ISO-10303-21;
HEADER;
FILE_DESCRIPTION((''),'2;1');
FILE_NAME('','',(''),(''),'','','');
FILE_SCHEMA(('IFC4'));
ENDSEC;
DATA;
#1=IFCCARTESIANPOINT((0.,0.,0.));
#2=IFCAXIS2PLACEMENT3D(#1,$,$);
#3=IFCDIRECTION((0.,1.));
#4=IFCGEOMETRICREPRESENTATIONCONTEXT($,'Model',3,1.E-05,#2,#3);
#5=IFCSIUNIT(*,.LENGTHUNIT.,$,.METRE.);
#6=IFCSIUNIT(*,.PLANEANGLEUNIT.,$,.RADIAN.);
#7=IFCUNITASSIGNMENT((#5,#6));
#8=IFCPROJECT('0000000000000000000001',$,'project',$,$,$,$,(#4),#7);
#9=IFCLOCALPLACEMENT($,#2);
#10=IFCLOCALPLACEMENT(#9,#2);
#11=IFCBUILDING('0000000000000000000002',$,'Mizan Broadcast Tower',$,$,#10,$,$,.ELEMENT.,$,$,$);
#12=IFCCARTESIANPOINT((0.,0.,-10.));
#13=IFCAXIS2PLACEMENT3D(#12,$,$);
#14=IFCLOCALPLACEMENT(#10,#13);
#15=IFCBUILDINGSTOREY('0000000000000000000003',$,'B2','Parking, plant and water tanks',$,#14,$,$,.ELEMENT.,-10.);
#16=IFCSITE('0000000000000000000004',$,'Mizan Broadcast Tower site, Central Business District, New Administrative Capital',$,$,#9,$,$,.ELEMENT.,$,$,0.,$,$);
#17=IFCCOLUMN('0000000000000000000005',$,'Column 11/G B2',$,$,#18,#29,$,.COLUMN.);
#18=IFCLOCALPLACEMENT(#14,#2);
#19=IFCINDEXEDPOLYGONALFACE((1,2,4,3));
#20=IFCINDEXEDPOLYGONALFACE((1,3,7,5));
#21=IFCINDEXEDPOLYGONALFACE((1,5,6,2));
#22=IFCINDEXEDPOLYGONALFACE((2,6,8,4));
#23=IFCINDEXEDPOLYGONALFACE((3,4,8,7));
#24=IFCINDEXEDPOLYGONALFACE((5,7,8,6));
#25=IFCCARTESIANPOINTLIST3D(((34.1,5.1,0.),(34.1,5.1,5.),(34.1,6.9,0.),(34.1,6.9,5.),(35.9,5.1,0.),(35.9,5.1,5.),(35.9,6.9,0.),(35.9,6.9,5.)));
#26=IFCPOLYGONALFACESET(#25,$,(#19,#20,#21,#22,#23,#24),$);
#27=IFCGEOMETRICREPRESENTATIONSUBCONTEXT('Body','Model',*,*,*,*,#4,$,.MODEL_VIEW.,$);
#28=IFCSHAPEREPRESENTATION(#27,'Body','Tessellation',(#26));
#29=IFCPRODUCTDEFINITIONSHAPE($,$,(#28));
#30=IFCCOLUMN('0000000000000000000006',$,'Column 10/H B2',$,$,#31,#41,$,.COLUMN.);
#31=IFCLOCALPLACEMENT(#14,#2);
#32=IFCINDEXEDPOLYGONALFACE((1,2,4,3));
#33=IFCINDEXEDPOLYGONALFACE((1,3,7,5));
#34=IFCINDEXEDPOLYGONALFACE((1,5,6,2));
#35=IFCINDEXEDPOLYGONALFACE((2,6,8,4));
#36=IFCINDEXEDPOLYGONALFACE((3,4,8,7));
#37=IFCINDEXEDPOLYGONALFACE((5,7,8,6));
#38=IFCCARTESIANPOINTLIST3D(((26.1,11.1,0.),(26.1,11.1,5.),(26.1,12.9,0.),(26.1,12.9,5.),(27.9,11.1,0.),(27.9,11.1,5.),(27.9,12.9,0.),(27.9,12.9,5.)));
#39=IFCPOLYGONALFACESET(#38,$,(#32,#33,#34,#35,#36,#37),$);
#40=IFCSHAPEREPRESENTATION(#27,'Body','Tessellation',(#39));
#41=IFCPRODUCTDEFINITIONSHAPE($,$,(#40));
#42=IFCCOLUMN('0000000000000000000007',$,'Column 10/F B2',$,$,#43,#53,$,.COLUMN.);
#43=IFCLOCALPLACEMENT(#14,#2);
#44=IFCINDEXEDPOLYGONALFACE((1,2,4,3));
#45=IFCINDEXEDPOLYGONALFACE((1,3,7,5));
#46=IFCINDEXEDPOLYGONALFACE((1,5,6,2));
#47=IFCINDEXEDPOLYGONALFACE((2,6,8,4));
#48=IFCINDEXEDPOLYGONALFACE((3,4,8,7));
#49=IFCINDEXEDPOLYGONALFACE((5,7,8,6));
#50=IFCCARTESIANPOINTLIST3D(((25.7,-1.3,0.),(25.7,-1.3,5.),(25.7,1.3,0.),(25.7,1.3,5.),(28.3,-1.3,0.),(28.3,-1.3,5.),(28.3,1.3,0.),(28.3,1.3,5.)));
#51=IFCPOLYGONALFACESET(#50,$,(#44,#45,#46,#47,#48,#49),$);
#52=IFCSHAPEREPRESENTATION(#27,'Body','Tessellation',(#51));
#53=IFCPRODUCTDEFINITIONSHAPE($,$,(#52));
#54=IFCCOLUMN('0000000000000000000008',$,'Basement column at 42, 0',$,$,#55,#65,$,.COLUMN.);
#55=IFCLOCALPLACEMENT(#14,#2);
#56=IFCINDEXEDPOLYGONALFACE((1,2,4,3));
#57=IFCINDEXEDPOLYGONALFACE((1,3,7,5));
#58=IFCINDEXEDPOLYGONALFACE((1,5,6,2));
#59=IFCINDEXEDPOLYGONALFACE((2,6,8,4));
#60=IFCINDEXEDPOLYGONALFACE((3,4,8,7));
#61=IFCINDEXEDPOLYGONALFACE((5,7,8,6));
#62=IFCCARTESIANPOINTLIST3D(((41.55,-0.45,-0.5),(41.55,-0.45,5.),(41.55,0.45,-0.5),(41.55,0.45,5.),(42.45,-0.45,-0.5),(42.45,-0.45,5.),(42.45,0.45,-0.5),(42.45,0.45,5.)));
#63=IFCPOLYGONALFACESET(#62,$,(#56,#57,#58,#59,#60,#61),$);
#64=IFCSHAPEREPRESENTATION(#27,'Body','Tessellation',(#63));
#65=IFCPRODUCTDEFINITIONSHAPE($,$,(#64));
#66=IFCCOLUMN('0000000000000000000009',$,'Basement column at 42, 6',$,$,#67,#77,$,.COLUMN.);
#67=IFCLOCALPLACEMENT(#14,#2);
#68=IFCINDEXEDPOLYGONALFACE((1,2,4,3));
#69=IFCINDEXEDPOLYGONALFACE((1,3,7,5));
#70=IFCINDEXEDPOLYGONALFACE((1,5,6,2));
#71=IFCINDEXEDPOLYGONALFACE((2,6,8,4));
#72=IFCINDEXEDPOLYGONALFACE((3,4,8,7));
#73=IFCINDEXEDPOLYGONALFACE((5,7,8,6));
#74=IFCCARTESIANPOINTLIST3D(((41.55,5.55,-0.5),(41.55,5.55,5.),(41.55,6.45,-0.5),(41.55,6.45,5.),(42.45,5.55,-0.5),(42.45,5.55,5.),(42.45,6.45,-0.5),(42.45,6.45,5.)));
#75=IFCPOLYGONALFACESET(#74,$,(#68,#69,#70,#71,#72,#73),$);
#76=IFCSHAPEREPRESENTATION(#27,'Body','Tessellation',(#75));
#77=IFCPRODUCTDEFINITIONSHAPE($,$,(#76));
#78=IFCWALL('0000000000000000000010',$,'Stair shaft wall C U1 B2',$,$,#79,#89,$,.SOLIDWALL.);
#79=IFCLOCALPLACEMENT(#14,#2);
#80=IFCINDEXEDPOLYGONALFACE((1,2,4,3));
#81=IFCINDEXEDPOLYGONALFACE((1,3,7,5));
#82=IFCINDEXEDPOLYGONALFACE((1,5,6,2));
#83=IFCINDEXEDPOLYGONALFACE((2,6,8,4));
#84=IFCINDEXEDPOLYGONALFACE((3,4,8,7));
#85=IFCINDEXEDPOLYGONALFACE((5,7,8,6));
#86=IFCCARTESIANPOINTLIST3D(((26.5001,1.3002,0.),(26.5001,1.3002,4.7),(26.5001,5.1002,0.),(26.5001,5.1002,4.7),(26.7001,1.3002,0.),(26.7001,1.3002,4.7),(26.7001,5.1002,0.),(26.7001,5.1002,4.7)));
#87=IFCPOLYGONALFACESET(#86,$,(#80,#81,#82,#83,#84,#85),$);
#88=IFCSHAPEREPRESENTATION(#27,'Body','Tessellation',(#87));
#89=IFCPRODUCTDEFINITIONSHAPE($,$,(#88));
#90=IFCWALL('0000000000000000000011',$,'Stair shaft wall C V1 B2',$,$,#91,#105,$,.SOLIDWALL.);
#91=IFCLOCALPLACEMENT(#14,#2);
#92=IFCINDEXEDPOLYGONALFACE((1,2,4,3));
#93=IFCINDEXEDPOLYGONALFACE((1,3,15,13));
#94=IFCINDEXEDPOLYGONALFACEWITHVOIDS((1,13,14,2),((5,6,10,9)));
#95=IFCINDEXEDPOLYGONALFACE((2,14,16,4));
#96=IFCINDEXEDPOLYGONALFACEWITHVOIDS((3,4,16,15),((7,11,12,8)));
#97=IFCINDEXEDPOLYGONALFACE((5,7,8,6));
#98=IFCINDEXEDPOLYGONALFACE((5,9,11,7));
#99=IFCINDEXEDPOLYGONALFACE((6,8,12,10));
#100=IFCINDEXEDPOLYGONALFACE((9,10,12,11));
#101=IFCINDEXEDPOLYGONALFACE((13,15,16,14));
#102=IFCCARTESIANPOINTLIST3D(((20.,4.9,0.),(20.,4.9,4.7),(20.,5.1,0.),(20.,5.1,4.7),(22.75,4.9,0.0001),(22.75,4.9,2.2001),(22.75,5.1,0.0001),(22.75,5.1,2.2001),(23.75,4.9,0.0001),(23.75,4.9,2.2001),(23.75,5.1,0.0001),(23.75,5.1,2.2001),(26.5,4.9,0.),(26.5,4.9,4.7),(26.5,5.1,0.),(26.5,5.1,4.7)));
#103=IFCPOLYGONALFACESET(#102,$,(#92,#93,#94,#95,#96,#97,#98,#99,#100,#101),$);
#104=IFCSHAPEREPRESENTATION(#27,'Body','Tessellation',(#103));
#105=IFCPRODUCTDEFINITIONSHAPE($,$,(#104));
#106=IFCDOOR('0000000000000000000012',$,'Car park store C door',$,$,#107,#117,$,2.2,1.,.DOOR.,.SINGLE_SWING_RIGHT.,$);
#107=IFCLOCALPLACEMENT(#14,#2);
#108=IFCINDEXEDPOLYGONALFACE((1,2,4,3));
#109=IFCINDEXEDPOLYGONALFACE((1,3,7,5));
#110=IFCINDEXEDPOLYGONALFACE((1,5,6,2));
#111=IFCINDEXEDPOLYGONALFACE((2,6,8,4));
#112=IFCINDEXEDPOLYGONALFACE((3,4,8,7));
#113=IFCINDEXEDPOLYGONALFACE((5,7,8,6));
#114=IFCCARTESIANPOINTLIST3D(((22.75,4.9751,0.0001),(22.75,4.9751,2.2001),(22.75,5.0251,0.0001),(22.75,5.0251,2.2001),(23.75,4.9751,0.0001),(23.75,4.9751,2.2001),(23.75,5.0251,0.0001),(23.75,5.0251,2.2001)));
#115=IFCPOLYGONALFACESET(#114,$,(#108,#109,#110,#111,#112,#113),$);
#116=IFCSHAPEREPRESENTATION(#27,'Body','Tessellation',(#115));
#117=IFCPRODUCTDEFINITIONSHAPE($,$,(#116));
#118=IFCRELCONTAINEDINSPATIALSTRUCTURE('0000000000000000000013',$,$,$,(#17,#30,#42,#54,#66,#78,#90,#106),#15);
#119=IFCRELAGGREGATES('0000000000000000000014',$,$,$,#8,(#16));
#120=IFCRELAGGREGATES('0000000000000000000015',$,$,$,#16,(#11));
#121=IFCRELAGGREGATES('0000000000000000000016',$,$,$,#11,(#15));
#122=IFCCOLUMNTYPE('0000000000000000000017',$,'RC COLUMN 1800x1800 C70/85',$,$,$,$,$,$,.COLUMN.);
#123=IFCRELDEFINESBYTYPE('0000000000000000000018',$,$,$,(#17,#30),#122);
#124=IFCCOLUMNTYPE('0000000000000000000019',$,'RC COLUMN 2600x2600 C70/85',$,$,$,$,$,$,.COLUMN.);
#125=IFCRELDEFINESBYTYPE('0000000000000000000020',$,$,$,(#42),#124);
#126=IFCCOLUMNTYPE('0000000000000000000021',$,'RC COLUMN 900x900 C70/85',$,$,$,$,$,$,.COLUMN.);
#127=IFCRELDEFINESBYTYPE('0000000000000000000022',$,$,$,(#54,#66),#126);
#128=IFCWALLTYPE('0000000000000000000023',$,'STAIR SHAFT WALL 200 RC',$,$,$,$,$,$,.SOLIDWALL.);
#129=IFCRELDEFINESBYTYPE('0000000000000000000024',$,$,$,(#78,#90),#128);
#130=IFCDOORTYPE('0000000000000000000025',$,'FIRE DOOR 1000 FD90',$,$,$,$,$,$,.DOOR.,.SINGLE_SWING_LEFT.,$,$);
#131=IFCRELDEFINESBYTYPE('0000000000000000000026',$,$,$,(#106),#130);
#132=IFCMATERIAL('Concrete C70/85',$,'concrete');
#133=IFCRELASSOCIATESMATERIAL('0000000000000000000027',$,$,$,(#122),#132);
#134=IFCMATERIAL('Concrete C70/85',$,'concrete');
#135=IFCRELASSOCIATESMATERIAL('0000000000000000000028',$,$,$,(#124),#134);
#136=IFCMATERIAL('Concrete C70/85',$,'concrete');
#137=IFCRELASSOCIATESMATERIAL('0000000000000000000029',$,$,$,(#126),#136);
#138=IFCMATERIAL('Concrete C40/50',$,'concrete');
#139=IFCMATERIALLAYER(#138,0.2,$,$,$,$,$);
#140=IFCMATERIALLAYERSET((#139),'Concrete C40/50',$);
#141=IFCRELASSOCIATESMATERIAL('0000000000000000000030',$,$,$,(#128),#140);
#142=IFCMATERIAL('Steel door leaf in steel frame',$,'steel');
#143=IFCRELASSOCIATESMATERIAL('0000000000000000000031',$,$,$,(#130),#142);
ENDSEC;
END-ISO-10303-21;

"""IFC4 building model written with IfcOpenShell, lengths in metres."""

from ifc_helpers import new_model, si_unit, direction, frame, frame_2d, origin, origin_2d, place, context, subcontext, project, spatial, rectangle, extrude, material, layer, layer_set, material_profile, profile_set, type_object, element, fill, save


model = new_model("IFC4")

# Units and contexts
model_context = context("Model", 3, precision=1e-05, world=origin(), true_north=direction((0.0, 1.0)))
body_context = subcontext(model_context, "Body", "Model", "MODEL_VIEW")
ifc_project = project(units=[si_unit("LENGTHUNIT", "METRE"), si_unit("PLANEANGLEUNIT", "RADIAN")], contexts=[model_context])

# Site, building, storey
site_placement = place(None, origin())
site = spatial("IfcSite", under=ifc_project, at=site_placement, Name="Mizan Broadcast Tower site, Central Business District, New Administrative Capital", CompositionType="ELEMENT", RefElevation=0.0)
building_placement = place(site_placement, origin())
building = spatial("IfcBuilding", under=site, at=building_placement, Name="Mizan Broadcast Tower", CompositionType="ELEMENT")
storey_placement = place(building_placement, frame((0.0, 0.0, -10.0)))
storey = spatial("IfcBuildingStorey", under=building, at=storey_placement, Name="B2", Description="Parking, plant and water tanks", CompositionType="ELEMENT", Elevation=-10.0)

# Columns
ifc_material_1 = material(Name="Concrete C70/85", Category="concrete")
ifc_material_profile_1 = material_profile(ifc_material_1, rectangle(XDim=1.8, YDim=1.8, at=origin_2d()), Name="RC 1800x1800")
ifc_profile_set_1 = profile_set([ifc_material_profile_1], Name="Concrete C70/85")
column_type_1 = type_object("IfcColumnType", Name="RC COLUMN 1800x1800 C70/85", PredefinedType="COLUMN", material=ifc_profile_set_1)
for number, where, z_axis, x_axis, name in (
    (1, (35.0, 6.0, 0.0), (0.0, 0.0, 1.0), (1.0, 0.0, 0.0), "Column 11/G B2"),
    (2, (27.0, 12.0, 0.0), (0.0, 0.0, 1.0), (1.0, 0.0, 0.0), "Column 10/H B2"),
):
    element("IfcColumn", number, at=place(storey_placement, frame(where, z_axis=z_axis, x_axis=x_axis)), inside=storey, type_object=column_type_1, Name=name, PredefinedType="COLUMN", context=body_context, shape_type="SweptSolid", body=[
        extrude(rectangle(XDim=1.8, YDim=1.8, at=origin_2d()), origin(), (0.0, 0.0, 1.0), 5.0),
    ])
ifc_material_2 = material(Name="Concrete C70/85", Category="concrete")
ifc_material_profile_2 = material_profile(ifc_material_2, rectangle(XDim=2.6001, YDim=2.6001, at=origin_2d()), Name="RC 2600x2600")
ifc_profile_set_2 = profile_set([ifc_material_profile_2], Name="Concrete C70/85")
column_type_2 = type_object("IfcColumnType", Name="RC COLUMN 2600x2600 C70/85", PredefinedType="COLUMN", material=ifc_profile_set_2)
column_placement = place(storey_placement, frame((27.0, 0.0, 0.0), z_axis=(0.0, 0.0, 1.0), x_axis=(1.0, 0.0, 0.0)))
element("IfcColumn", 3, at=column_placement, inside=storey, type_object=column_type_2, Name="Column 10/F B2", PredefinedType="COLUMN", context=body_context, shape_type="SweptSolid", body=[
    extrude(rectangle(XDim=2.6001, YDim=2.6001, at=origin_2d()), origin(), (0.0, 0.0, 1.0), 5.0),
])
ifc_material_3 = material(Name="Concrete C70/85", Category="concrete")
ifc_material_profile_3 = material_profile(ifc_material_3, rectangle(XDim=0.8999, YDim=0.8999, at=origin_2d()), Name="RC 900x900")
ifc_profile_set_3 = profile_set([ifc_material_profile_3], Name="Concrete C70/85")
column_type_3 = type_object("IfcColumnType", Name="RC COLUMN 900x900 C70/85", PredefinedType="COLUMN", material=ifc_profile_set_3)
for number, where, z_axis, x_axis, name in (
    (4, (42.0, 0.0, -0.5), (0.0, 0.0, 1.0), (1.0, 0.0, 0.0), "Basement column at 42, 0"),
    (5, (42.0, 6.0, -0.5), (0.0, 0.0, 1.0), (1.0, 0.0, 0.0), "Basement column at 42, 6"),
):
    element("IfcColumn", number, at=place(storey_placement, frame(where, z_axis=z_axis, x_axis=x_axis)), inside=storey, type_object=column_type_3, Name=name, PredefinedType="COLUMN", context=body_context, shape_type="SweptSolid", body=[
        extrude(rectangle(XDim=0.8999, YDim=0.8999, at=origin_2d()), origin(), (0.0, 0.0, 1.0), 5.5),
    ])

# Wall
ifc_material_4 = material(Name="Concrete C40/50", Category="concrete")
ifc_layer_1 = layer(ifc_material_4, 0.2)
ifc_layer_set_1 = layer_set([ifc_layer_1], Name="Concrete C40/50")
wall_type = type_object("IfcWallType", Name="STAIR SHAFT WALL 200 RC", PredefinedType="SOLIDWALL", material=ifc_layer_set_1)
wall_1_placement = place(storey_placement, frame((26.6001, 5.1001, 0.0), z_axis=(0.0, 0.0, 1.0), x_axis=(0.0, -1.0, 0.0)))
element("IfcWall", 6, at=wall_1_placement, inside=storey, type_object=wall_type, Name="Stair shaft wall C U1 B2", PredefinedType="SOLIDWALL", context=body_context, shape_type="SweptSolid", body=[
    extrude(rectangle(XDim=3.8, YDim=0.2, at=frame_2d((1.8999, 0.0))), origin(), (0.0, 0.0, 1.0), 4.7),
])

# Wall, opening, door
wall_2_placement = place(storey_placement, frame((26.5, 5.0, 0.0), z_axis=(0.0, 0.0, 1.0), x_axis=(-1.0, 0.0, 0.0)))
wall_2 = element("IfcWall", 7, at=wall_2_placement, inside=storey, type_object=wall_type, Name="Stair shaft wall C V1 B2", PredefinedType="SOLIDWALL", context=body_context, shape_type="SweptSolid", body=[
    extrude(rectangle(XDim=6.5, YDim=0.2, at=frame_2d((3.25, 0.0))), origin(), (0.0, 0.0, 1.0), 4.7),
])
opening_placement = place(wall_2_placement, frame((2.75, 0.0, 0.0)))
opening = element("IfcOpeningElement", 8, at=opening_placement, cuts=wall_2, PredefinedType="OPENING", context=body_context, shape_type="SweptSolid", body=[
    extrude(rectangle(XDim=1.0, YDim=2.2, at=frame_2d((0.5, 1.1001))), frame((0.0, 0.1099, 0.0), z_axis=(0.0, -1.0, 0.0), x_axis=(1.0, 0.0, 0.0)), (0.0, 0.0, 1.0), 0.22),
])
ifc_material_5 = material(Name="Steel door leaf in steel frame", Category="steel")
door_type = type_object("IfcDoorType", Name="FIRE DOOR 1000 FD90", OperationType="SINGLE_SWING_LEFT", PredefinedType="DOOR", material=ifc_material_5)
door_placement = place(opening_placement, origin())
door = element("IfcDoor", 9, at=door_placement, inside=storey, type_object=door_type, Name="Car park store C door", OperationType="SINGLE_SWING_RIGHT", OverallHeight=2.2, OverallWidth=1.0, PredefinedType="DOOR", context=body_context, shape_type="SweptSolid", body=[
    extrude(rectangle(XDim=1.0, YDim=2.2, at=frame_2d((0.5, 1.1001))), frame((0.0, 0.0249, 0.0), z_axis=(0.0, -1.0, 0.0), x_axis=(1.0, 0.0, 0.0)), (0.0, 0.0, 1.0), 0.05),
])
fill(opening, door)

save(model, "model.ifc")
